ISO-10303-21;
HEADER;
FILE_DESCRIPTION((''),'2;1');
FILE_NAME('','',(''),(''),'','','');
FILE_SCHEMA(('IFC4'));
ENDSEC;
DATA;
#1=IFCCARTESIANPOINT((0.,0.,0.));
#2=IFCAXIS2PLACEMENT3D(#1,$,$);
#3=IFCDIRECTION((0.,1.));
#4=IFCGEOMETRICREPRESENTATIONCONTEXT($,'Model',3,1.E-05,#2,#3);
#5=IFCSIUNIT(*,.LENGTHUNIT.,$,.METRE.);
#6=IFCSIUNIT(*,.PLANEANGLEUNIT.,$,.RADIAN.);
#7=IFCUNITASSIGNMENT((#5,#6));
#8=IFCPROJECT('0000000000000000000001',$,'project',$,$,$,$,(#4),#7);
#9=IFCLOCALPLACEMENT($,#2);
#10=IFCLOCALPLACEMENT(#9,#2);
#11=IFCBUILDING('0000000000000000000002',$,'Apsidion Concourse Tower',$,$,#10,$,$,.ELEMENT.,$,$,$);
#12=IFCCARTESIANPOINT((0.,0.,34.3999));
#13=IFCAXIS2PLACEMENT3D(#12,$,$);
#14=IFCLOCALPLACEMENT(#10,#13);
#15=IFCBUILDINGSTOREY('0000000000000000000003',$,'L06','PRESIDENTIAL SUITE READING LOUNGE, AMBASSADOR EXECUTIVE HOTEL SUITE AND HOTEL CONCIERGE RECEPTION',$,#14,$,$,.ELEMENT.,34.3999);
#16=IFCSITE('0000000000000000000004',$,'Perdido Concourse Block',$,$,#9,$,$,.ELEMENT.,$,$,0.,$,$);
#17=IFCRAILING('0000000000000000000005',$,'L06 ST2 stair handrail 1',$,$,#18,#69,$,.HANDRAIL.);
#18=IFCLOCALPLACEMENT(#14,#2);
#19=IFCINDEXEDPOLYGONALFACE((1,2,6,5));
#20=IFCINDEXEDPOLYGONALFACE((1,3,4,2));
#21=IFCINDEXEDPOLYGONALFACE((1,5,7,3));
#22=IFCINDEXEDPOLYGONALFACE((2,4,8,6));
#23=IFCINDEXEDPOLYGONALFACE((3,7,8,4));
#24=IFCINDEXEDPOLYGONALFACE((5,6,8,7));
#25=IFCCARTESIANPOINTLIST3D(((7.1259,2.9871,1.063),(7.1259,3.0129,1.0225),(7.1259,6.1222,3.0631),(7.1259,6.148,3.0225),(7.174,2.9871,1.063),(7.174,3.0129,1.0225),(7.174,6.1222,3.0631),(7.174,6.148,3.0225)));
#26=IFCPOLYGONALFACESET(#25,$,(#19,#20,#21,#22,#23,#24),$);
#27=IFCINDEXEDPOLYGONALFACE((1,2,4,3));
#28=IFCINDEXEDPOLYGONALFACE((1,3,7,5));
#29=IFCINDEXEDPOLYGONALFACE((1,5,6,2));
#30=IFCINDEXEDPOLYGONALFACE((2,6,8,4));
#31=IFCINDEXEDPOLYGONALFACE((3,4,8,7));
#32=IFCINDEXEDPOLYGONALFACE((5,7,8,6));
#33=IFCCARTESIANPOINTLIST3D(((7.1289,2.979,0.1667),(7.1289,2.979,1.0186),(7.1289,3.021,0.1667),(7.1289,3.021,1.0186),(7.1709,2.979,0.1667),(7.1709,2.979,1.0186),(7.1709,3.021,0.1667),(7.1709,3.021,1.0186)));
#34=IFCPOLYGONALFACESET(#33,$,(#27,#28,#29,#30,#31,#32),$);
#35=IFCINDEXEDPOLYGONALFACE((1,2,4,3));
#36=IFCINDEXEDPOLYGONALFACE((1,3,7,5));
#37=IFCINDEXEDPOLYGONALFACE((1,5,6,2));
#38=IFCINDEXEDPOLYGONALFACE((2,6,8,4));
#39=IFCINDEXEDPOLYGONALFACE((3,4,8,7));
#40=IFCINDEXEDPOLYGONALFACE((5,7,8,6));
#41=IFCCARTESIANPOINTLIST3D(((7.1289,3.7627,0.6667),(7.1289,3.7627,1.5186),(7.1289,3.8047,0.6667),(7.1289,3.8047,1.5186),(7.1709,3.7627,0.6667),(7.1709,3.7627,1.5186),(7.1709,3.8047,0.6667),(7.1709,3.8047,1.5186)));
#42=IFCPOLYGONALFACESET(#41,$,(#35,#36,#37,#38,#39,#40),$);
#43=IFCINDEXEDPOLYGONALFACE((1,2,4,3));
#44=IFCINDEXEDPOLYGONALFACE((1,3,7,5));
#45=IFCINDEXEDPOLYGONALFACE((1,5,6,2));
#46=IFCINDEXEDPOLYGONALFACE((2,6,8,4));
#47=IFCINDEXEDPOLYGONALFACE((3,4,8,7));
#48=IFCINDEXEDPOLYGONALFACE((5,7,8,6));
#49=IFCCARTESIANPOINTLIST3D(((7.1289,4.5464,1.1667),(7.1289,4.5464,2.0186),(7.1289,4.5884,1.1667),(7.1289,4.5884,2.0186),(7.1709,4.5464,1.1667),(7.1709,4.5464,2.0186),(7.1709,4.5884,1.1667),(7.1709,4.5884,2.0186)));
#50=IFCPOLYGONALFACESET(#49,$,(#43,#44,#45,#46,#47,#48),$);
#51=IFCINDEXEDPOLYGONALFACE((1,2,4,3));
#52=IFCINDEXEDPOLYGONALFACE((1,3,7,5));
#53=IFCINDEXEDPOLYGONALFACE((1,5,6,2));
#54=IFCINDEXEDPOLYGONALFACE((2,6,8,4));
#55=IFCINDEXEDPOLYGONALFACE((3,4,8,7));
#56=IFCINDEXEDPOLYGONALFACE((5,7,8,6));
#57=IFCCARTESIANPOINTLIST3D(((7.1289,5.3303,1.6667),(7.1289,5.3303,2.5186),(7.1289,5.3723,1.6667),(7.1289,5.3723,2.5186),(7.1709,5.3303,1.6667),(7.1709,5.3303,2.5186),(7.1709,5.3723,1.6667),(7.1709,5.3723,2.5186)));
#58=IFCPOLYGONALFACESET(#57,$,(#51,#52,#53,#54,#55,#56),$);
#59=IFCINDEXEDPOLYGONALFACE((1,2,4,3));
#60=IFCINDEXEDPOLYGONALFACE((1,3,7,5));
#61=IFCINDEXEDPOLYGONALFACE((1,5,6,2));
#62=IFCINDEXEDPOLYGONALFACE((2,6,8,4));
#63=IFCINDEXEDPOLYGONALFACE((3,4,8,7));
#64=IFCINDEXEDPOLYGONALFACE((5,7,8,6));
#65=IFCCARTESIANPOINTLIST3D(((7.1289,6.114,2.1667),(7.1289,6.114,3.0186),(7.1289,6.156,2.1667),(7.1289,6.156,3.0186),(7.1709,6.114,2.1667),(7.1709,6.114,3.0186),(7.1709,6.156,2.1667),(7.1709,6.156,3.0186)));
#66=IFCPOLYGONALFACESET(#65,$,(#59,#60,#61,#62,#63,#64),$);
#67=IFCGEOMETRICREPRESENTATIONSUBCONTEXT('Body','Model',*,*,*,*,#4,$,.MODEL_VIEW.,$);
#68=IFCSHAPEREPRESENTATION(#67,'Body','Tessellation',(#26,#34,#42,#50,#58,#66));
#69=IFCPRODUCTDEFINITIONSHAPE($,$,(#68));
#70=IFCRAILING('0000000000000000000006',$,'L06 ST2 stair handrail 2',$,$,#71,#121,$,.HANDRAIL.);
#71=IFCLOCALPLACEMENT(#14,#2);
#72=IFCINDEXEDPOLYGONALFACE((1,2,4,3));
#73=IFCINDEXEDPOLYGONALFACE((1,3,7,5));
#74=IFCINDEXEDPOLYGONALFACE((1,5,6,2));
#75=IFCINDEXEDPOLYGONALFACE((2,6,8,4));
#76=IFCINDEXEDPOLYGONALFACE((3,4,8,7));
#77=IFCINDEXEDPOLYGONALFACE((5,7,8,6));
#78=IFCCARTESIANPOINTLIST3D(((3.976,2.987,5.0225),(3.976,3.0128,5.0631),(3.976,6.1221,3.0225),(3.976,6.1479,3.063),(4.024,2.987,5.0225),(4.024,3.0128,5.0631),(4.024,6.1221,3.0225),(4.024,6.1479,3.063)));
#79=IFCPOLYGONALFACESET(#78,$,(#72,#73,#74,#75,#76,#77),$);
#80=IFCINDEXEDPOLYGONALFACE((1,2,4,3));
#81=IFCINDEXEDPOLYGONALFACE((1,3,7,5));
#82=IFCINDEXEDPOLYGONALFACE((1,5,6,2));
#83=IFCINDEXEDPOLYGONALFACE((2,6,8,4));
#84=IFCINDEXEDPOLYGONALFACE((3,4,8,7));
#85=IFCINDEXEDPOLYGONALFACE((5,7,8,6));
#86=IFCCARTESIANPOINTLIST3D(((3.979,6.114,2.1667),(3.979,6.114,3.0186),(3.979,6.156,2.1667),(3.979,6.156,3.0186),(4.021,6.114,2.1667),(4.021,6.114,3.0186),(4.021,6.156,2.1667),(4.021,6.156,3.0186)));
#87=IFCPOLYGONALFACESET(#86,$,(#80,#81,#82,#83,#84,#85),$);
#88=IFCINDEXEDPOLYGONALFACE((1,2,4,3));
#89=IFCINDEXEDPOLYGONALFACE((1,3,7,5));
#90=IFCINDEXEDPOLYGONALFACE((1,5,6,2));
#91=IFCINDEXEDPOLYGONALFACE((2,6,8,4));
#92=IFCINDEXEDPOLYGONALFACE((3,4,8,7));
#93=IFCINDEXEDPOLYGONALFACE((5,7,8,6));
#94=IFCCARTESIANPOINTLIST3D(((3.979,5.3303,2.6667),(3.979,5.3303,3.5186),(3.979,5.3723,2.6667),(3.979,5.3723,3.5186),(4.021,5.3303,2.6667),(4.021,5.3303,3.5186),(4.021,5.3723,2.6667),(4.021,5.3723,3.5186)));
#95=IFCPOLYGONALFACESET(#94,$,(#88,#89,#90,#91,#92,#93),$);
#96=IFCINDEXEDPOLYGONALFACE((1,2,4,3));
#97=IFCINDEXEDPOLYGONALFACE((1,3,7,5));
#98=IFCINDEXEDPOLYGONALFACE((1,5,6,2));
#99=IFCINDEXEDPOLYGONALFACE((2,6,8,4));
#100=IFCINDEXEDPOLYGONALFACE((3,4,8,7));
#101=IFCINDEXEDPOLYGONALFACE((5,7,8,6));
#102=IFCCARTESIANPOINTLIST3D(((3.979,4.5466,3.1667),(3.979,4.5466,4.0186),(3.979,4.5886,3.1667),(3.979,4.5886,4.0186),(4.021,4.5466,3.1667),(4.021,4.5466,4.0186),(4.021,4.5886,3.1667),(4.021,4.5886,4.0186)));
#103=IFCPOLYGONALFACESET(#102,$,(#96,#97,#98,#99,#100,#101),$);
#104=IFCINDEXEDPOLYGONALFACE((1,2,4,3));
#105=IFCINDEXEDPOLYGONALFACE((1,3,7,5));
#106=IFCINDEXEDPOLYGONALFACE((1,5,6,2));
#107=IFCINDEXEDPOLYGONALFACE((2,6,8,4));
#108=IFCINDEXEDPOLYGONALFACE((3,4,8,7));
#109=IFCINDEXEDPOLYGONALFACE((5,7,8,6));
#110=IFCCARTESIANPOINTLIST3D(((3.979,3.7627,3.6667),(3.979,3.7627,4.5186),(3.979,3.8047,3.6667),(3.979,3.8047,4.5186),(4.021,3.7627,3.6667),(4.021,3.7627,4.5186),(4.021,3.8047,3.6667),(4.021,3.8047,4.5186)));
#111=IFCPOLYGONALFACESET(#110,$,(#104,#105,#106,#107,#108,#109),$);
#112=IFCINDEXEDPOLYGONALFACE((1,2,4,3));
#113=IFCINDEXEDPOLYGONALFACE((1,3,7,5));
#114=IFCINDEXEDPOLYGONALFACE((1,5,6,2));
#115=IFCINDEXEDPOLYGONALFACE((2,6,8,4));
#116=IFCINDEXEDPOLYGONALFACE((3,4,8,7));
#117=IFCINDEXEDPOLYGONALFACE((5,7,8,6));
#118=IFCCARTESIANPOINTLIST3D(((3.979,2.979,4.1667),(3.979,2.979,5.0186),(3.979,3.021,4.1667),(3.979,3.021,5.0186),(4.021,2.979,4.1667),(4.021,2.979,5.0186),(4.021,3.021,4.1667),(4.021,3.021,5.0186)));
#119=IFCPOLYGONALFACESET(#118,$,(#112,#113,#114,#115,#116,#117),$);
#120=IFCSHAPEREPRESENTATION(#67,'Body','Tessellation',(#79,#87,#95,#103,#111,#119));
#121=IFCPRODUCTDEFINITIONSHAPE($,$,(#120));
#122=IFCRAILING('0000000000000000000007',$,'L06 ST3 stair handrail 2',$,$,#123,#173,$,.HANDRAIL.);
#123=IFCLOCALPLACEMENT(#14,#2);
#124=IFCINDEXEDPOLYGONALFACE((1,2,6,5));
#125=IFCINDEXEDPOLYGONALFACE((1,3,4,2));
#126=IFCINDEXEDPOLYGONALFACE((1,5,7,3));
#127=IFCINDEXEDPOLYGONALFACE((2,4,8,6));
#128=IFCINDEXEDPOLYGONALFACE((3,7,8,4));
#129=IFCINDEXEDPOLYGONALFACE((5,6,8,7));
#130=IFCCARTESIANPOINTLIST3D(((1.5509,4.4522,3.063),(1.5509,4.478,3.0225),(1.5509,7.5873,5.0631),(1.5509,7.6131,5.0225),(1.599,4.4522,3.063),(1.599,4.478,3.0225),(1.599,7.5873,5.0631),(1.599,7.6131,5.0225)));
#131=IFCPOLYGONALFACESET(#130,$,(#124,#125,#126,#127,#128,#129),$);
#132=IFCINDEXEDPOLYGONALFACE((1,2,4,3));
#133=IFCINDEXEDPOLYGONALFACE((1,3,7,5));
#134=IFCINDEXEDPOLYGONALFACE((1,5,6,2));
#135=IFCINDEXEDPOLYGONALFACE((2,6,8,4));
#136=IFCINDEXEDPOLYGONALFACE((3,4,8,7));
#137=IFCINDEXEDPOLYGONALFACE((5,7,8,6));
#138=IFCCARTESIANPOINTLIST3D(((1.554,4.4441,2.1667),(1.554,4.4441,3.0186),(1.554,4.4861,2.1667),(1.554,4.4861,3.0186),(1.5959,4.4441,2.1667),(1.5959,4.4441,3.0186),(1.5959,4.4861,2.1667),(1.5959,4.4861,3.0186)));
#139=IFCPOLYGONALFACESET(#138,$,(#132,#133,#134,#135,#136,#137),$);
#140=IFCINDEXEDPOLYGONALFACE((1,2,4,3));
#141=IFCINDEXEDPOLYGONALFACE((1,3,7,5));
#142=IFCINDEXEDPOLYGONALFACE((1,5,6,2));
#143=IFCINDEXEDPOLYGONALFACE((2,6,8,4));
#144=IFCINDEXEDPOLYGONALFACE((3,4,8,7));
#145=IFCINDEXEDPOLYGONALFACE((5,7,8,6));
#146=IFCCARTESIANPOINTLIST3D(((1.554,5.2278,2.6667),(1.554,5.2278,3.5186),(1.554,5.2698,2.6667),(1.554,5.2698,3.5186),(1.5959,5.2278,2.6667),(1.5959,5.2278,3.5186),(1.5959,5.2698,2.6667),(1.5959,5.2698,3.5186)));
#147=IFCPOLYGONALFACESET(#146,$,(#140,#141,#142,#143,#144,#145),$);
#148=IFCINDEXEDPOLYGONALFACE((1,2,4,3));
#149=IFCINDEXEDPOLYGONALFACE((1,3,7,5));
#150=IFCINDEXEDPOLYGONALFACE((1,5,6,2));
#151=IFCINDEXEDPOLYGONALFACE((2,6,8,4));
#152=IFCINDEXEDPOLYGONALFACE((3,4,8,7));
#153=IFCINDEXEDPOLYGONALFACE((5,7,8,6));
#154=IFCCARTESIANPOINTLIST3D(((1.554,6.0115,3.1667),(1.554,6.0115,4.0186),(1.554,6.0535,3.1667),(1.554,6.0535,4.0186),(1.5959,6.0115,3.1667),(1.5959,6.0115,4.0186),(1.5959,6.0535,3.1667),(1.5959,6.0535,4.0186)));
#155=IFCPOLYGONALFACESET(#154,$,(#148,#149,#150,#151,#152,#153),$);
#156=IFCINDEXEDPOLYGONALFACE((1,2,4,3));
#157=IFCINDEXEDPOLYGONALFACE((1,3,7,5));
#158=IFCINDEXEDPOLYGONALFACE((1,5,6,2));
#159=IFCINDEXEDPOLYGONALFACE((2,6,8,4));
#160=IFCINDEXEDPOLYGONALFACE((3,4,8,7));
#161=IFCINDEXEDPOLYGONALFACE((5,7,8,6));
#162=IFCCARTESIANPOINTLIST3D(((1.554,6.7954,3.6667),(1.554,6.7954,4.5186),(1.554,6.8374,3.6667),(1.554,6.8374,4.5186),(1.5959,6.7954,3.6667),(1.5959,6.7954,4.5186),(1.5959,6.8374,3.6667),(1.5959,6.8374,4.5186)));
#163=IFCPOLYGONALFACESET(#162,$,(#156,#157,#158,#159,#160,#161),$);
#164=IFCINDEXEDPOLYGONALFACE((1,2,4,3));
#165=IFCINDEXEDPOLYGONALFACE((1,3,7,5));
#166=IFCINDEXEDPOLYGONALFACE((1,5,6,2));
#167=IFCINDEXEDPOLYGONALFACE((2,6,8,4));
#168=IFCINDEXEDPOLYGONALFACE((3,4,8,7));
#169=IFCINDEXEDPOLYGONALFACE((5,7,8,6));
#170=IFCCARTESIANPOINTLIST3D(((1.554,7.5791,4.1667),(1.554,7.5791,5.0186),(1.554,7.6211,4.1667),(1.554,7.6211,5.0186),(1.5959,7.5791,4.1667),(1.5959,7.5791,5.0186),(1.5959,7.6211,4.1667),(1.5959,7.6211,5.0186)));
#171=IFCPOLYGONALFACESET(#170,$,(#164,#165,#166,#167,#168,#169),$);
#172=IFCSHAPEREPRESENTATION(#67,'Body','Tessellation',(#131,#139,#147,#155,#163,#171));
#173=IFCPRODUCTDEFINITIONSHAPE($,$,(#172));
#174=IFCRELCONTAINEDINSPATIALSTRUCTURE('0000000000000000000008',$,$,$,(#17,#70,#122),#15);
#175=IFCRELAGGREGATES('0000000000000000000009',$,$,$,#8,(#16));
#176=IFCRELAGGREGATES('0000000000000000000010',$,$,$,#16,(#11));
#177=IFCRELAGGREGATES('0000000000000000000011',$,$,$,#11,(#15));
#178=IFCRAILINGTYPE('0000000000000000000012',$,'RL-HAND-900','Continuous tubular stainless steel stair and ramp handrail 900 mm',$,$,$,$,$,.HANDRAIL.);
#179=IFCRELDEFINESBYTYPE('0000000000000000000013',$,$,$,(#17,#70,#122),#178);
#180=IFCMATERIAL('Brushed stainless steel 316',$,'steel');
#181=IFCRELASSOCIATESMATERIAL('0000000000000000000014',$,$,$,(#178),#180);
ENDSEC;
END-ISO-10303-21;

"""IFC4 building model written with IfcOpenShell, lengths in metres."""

from ifc_helpers import new_model, si_unit, direction, frame, origin, origin_2d, place, context, subcontext, project, spatial, rectangle, extrude, material, type_object, element, save


model = new_model("IFC4")

# Units and contexts
model_context = context("Model", 3, precision=1e-05, world=origin(), true_north=direction((0.0, 1.0)))
body_context = subcontext(model_context, "Body", "Model", "MODEL_VIEW")
ifc_project = project(units=[si_unit("LENGTHUNIT", "METRE"), si_unit("PLANEANGLEUNIT", "RADIAN")], contexts=[model_context])

# Site, building, storey
site_placement = place(None, origin())
site = spatial("IfcSite", under=ifc_project, at=site_placement, Name="Perdido Concourse Block", CompositionType="ELEMENT", RefElevation=0.0)
building_placement = place(site_placement, origin())
building = spatial("IfcBuilding", under=site, at=building_placement, Name="Apsidion Concourse Tower", CompositionType="ELEMENT")
storey_placement = place(building_placement, frame((0.0, 0.0, 34.3999)))
storey = spatial("IfcBuildingStorey", under=building, at=storey_placement, Name="L06", Description="PRESIDENTIAL SUITE READING LOUNGE, AMBASSADOR EXECUTIVE HOTEL SUITE AND HOTEL CONCIERGE RECEPTION", CompositionType="ELEMENT", Elevation=34.3999)

# Railings
ifc_material_1 = material(Name="Brushed stainless steel 316", Category="steel")
railing_type_1 = type_object("IfcRailingType", Name="RL-HAND-900", Description="Continuous tubular stainless steel stair and ramp handrail 900 mm", PredefinedType="HANDRAIL", material=ifc_material_1)
railing_1_placement = place(storey_placement, frame((7.1499, 3.0, 0.1667)))
element("IfcRailing", 1, at=railing_1_placement, inside=storey, type_object=railing_type_1, Name="L06 ST2 stair handrail 1", PredefinedType="HANDRAIL", context=body_context, shape_type="SweptSolid", body=[
    extrude(rectangle(XDim=0.0481, YDim=0.0481, at=origin_2d()), frame((0.0, 0.0, 0.876), z_axis=(0.0, 0.843053, 0.537831), x_axis=(-1.0, 0.0, 0.0)), (0.0, 0.0, 1.0), 3.7188),
    extrude(rectangle(XDim=0.042, YDim=0.042, at=origin_2d()), origin(), (0.0, 0.0, 1.0), 0.8518),
    extrude(rectangle(XDim=0.042, YDim=0.042, at=origin_2d()), frame((0.0, 0.7837, 0.5)), (0.0, 0.0, 1.0), 0.8518),
    extrude(rectangle(XDim=0.042, YDim=0.042, at=origin_2d()), frame((0.0, 1.5674, 1.0)), (0.0, 0.0, 1.0), 0.8518),
    extrude(rectangle(XDim=0.042, YDim=0.042, at=origin_2d()), frame((0.0, 2.3513, 1.5)), (0.0, 0.0, 1.0), 0.8518),
    extrude(rectangle(XDim=0.042, YDim=0.042, at=origin_2d()), frame((0.0, 3.135, 2.0)), (0.0, 0.0, 1.0), 0.8518),
])
railing_2_placement = place(storey_placement, frame((4.0, 6.135, 2.1667)))
element("IfcRailing", 2, at=railing_2_placement, inside=storey, type_object=railing_type_1, Name="L06 ST2 stair handrail 2", PredefinedType="HANDRAIL", context=body_context, shape_type="SweptSolid", body=[
    extrude(rectangle(XDim=0.0481, YDim=0.0481, at=origin_2d()), frame((0.0, 0.0, 0.876), z_axis=(0.0, -0.843053, 0.537831), x_axis=(1.0, 0.0, 0.0)), (0.0, 0.0, 1.0), 3.7188),
    extrude(rectangle(XDim=0.042, YDim=0.042, at=origin_2d()), origin(), (0.0, 0.0, 1.0), 0.8518),
    extrude(rectangle(XDim=0.042, YDim=0.042, at=origin_2d()), frame((0.0, -0.7837, 0.5)), (0.0, 0.0, 1.0), 0.8518),
    extrude(rectangle(XDim=0.042, YDim=0.042, at=origin_2d()), frame((0.0, -1.5674, 1.0)), (0.0, 0.0, 1.0), 0.8518),
    extrude(rectangle(XDim=0.042, YDim=0.042, at=origin_2d()), frame((0.0, -2.3513, 1.5)), (0.0, 0.0, 1.0), 0.8518),
    extrude(rectangle(XDim=0.042, YDim=0.042, at=origin_2d()), frame((0.0, -3.135, 2.0)), (0.0, 0.0, 1.0), 0.8518),
])
railing_3_placement = place(storey_placement, frame((1.575, 4.4651, 2.1667)))
element("IfcRailing", 3, at=railing_3_placement, inside=storey, type_object=railing_type_1, Name="L06 ST3 stair handrail 2", PredefinedType="HANDRAIL", context=body_context, shape_type="SweptSolid", body=[
    extrude(rectangle(XDim=0.0481, YDim=0.0481, at=origin_2d()), frame((0.0, 0.0, 0.876), z_axis=(0.0, 0.843053, 0.537831), x_axis=(-1.0, 0.0, 0.0)), (0.0, 0.0, 1.0), 3.7188),
    extrude(rectangle(XDim=0.042, YDim=0.042, at=origin_2d()), origin(), (0.0, 0.0, 1.0), 0.8518),
    extrude(rectangle(XDim=0.042, YDim=0.042, at=origin_2d()), frame((0.0, 0.7837, 0.5)), (0.0, 0.0, 1.0), 0.8518),
    extrude(rectangle(XDim=0.042, YDim=0.042, at=origin_2d()), frame((0.0, 1.5674, 1.0)), (0.0, 0.0, 1.0), 0.8518),
    extrude(rectangle(XDim=0.042, YDim=0.042, at=origin_2d()), frame((0.0, 2.3513, 1.5)), (0.0, 0.0, 1.0), 0.8518),
    extrude(rectangle(XDim=0.042, YDim=0.042, at=origin_2d()), frame((0.0, 3.135, 2.0)), (0.0, 0.0, 1.0), 0.8518),
])

save(model, "model.ifc")
